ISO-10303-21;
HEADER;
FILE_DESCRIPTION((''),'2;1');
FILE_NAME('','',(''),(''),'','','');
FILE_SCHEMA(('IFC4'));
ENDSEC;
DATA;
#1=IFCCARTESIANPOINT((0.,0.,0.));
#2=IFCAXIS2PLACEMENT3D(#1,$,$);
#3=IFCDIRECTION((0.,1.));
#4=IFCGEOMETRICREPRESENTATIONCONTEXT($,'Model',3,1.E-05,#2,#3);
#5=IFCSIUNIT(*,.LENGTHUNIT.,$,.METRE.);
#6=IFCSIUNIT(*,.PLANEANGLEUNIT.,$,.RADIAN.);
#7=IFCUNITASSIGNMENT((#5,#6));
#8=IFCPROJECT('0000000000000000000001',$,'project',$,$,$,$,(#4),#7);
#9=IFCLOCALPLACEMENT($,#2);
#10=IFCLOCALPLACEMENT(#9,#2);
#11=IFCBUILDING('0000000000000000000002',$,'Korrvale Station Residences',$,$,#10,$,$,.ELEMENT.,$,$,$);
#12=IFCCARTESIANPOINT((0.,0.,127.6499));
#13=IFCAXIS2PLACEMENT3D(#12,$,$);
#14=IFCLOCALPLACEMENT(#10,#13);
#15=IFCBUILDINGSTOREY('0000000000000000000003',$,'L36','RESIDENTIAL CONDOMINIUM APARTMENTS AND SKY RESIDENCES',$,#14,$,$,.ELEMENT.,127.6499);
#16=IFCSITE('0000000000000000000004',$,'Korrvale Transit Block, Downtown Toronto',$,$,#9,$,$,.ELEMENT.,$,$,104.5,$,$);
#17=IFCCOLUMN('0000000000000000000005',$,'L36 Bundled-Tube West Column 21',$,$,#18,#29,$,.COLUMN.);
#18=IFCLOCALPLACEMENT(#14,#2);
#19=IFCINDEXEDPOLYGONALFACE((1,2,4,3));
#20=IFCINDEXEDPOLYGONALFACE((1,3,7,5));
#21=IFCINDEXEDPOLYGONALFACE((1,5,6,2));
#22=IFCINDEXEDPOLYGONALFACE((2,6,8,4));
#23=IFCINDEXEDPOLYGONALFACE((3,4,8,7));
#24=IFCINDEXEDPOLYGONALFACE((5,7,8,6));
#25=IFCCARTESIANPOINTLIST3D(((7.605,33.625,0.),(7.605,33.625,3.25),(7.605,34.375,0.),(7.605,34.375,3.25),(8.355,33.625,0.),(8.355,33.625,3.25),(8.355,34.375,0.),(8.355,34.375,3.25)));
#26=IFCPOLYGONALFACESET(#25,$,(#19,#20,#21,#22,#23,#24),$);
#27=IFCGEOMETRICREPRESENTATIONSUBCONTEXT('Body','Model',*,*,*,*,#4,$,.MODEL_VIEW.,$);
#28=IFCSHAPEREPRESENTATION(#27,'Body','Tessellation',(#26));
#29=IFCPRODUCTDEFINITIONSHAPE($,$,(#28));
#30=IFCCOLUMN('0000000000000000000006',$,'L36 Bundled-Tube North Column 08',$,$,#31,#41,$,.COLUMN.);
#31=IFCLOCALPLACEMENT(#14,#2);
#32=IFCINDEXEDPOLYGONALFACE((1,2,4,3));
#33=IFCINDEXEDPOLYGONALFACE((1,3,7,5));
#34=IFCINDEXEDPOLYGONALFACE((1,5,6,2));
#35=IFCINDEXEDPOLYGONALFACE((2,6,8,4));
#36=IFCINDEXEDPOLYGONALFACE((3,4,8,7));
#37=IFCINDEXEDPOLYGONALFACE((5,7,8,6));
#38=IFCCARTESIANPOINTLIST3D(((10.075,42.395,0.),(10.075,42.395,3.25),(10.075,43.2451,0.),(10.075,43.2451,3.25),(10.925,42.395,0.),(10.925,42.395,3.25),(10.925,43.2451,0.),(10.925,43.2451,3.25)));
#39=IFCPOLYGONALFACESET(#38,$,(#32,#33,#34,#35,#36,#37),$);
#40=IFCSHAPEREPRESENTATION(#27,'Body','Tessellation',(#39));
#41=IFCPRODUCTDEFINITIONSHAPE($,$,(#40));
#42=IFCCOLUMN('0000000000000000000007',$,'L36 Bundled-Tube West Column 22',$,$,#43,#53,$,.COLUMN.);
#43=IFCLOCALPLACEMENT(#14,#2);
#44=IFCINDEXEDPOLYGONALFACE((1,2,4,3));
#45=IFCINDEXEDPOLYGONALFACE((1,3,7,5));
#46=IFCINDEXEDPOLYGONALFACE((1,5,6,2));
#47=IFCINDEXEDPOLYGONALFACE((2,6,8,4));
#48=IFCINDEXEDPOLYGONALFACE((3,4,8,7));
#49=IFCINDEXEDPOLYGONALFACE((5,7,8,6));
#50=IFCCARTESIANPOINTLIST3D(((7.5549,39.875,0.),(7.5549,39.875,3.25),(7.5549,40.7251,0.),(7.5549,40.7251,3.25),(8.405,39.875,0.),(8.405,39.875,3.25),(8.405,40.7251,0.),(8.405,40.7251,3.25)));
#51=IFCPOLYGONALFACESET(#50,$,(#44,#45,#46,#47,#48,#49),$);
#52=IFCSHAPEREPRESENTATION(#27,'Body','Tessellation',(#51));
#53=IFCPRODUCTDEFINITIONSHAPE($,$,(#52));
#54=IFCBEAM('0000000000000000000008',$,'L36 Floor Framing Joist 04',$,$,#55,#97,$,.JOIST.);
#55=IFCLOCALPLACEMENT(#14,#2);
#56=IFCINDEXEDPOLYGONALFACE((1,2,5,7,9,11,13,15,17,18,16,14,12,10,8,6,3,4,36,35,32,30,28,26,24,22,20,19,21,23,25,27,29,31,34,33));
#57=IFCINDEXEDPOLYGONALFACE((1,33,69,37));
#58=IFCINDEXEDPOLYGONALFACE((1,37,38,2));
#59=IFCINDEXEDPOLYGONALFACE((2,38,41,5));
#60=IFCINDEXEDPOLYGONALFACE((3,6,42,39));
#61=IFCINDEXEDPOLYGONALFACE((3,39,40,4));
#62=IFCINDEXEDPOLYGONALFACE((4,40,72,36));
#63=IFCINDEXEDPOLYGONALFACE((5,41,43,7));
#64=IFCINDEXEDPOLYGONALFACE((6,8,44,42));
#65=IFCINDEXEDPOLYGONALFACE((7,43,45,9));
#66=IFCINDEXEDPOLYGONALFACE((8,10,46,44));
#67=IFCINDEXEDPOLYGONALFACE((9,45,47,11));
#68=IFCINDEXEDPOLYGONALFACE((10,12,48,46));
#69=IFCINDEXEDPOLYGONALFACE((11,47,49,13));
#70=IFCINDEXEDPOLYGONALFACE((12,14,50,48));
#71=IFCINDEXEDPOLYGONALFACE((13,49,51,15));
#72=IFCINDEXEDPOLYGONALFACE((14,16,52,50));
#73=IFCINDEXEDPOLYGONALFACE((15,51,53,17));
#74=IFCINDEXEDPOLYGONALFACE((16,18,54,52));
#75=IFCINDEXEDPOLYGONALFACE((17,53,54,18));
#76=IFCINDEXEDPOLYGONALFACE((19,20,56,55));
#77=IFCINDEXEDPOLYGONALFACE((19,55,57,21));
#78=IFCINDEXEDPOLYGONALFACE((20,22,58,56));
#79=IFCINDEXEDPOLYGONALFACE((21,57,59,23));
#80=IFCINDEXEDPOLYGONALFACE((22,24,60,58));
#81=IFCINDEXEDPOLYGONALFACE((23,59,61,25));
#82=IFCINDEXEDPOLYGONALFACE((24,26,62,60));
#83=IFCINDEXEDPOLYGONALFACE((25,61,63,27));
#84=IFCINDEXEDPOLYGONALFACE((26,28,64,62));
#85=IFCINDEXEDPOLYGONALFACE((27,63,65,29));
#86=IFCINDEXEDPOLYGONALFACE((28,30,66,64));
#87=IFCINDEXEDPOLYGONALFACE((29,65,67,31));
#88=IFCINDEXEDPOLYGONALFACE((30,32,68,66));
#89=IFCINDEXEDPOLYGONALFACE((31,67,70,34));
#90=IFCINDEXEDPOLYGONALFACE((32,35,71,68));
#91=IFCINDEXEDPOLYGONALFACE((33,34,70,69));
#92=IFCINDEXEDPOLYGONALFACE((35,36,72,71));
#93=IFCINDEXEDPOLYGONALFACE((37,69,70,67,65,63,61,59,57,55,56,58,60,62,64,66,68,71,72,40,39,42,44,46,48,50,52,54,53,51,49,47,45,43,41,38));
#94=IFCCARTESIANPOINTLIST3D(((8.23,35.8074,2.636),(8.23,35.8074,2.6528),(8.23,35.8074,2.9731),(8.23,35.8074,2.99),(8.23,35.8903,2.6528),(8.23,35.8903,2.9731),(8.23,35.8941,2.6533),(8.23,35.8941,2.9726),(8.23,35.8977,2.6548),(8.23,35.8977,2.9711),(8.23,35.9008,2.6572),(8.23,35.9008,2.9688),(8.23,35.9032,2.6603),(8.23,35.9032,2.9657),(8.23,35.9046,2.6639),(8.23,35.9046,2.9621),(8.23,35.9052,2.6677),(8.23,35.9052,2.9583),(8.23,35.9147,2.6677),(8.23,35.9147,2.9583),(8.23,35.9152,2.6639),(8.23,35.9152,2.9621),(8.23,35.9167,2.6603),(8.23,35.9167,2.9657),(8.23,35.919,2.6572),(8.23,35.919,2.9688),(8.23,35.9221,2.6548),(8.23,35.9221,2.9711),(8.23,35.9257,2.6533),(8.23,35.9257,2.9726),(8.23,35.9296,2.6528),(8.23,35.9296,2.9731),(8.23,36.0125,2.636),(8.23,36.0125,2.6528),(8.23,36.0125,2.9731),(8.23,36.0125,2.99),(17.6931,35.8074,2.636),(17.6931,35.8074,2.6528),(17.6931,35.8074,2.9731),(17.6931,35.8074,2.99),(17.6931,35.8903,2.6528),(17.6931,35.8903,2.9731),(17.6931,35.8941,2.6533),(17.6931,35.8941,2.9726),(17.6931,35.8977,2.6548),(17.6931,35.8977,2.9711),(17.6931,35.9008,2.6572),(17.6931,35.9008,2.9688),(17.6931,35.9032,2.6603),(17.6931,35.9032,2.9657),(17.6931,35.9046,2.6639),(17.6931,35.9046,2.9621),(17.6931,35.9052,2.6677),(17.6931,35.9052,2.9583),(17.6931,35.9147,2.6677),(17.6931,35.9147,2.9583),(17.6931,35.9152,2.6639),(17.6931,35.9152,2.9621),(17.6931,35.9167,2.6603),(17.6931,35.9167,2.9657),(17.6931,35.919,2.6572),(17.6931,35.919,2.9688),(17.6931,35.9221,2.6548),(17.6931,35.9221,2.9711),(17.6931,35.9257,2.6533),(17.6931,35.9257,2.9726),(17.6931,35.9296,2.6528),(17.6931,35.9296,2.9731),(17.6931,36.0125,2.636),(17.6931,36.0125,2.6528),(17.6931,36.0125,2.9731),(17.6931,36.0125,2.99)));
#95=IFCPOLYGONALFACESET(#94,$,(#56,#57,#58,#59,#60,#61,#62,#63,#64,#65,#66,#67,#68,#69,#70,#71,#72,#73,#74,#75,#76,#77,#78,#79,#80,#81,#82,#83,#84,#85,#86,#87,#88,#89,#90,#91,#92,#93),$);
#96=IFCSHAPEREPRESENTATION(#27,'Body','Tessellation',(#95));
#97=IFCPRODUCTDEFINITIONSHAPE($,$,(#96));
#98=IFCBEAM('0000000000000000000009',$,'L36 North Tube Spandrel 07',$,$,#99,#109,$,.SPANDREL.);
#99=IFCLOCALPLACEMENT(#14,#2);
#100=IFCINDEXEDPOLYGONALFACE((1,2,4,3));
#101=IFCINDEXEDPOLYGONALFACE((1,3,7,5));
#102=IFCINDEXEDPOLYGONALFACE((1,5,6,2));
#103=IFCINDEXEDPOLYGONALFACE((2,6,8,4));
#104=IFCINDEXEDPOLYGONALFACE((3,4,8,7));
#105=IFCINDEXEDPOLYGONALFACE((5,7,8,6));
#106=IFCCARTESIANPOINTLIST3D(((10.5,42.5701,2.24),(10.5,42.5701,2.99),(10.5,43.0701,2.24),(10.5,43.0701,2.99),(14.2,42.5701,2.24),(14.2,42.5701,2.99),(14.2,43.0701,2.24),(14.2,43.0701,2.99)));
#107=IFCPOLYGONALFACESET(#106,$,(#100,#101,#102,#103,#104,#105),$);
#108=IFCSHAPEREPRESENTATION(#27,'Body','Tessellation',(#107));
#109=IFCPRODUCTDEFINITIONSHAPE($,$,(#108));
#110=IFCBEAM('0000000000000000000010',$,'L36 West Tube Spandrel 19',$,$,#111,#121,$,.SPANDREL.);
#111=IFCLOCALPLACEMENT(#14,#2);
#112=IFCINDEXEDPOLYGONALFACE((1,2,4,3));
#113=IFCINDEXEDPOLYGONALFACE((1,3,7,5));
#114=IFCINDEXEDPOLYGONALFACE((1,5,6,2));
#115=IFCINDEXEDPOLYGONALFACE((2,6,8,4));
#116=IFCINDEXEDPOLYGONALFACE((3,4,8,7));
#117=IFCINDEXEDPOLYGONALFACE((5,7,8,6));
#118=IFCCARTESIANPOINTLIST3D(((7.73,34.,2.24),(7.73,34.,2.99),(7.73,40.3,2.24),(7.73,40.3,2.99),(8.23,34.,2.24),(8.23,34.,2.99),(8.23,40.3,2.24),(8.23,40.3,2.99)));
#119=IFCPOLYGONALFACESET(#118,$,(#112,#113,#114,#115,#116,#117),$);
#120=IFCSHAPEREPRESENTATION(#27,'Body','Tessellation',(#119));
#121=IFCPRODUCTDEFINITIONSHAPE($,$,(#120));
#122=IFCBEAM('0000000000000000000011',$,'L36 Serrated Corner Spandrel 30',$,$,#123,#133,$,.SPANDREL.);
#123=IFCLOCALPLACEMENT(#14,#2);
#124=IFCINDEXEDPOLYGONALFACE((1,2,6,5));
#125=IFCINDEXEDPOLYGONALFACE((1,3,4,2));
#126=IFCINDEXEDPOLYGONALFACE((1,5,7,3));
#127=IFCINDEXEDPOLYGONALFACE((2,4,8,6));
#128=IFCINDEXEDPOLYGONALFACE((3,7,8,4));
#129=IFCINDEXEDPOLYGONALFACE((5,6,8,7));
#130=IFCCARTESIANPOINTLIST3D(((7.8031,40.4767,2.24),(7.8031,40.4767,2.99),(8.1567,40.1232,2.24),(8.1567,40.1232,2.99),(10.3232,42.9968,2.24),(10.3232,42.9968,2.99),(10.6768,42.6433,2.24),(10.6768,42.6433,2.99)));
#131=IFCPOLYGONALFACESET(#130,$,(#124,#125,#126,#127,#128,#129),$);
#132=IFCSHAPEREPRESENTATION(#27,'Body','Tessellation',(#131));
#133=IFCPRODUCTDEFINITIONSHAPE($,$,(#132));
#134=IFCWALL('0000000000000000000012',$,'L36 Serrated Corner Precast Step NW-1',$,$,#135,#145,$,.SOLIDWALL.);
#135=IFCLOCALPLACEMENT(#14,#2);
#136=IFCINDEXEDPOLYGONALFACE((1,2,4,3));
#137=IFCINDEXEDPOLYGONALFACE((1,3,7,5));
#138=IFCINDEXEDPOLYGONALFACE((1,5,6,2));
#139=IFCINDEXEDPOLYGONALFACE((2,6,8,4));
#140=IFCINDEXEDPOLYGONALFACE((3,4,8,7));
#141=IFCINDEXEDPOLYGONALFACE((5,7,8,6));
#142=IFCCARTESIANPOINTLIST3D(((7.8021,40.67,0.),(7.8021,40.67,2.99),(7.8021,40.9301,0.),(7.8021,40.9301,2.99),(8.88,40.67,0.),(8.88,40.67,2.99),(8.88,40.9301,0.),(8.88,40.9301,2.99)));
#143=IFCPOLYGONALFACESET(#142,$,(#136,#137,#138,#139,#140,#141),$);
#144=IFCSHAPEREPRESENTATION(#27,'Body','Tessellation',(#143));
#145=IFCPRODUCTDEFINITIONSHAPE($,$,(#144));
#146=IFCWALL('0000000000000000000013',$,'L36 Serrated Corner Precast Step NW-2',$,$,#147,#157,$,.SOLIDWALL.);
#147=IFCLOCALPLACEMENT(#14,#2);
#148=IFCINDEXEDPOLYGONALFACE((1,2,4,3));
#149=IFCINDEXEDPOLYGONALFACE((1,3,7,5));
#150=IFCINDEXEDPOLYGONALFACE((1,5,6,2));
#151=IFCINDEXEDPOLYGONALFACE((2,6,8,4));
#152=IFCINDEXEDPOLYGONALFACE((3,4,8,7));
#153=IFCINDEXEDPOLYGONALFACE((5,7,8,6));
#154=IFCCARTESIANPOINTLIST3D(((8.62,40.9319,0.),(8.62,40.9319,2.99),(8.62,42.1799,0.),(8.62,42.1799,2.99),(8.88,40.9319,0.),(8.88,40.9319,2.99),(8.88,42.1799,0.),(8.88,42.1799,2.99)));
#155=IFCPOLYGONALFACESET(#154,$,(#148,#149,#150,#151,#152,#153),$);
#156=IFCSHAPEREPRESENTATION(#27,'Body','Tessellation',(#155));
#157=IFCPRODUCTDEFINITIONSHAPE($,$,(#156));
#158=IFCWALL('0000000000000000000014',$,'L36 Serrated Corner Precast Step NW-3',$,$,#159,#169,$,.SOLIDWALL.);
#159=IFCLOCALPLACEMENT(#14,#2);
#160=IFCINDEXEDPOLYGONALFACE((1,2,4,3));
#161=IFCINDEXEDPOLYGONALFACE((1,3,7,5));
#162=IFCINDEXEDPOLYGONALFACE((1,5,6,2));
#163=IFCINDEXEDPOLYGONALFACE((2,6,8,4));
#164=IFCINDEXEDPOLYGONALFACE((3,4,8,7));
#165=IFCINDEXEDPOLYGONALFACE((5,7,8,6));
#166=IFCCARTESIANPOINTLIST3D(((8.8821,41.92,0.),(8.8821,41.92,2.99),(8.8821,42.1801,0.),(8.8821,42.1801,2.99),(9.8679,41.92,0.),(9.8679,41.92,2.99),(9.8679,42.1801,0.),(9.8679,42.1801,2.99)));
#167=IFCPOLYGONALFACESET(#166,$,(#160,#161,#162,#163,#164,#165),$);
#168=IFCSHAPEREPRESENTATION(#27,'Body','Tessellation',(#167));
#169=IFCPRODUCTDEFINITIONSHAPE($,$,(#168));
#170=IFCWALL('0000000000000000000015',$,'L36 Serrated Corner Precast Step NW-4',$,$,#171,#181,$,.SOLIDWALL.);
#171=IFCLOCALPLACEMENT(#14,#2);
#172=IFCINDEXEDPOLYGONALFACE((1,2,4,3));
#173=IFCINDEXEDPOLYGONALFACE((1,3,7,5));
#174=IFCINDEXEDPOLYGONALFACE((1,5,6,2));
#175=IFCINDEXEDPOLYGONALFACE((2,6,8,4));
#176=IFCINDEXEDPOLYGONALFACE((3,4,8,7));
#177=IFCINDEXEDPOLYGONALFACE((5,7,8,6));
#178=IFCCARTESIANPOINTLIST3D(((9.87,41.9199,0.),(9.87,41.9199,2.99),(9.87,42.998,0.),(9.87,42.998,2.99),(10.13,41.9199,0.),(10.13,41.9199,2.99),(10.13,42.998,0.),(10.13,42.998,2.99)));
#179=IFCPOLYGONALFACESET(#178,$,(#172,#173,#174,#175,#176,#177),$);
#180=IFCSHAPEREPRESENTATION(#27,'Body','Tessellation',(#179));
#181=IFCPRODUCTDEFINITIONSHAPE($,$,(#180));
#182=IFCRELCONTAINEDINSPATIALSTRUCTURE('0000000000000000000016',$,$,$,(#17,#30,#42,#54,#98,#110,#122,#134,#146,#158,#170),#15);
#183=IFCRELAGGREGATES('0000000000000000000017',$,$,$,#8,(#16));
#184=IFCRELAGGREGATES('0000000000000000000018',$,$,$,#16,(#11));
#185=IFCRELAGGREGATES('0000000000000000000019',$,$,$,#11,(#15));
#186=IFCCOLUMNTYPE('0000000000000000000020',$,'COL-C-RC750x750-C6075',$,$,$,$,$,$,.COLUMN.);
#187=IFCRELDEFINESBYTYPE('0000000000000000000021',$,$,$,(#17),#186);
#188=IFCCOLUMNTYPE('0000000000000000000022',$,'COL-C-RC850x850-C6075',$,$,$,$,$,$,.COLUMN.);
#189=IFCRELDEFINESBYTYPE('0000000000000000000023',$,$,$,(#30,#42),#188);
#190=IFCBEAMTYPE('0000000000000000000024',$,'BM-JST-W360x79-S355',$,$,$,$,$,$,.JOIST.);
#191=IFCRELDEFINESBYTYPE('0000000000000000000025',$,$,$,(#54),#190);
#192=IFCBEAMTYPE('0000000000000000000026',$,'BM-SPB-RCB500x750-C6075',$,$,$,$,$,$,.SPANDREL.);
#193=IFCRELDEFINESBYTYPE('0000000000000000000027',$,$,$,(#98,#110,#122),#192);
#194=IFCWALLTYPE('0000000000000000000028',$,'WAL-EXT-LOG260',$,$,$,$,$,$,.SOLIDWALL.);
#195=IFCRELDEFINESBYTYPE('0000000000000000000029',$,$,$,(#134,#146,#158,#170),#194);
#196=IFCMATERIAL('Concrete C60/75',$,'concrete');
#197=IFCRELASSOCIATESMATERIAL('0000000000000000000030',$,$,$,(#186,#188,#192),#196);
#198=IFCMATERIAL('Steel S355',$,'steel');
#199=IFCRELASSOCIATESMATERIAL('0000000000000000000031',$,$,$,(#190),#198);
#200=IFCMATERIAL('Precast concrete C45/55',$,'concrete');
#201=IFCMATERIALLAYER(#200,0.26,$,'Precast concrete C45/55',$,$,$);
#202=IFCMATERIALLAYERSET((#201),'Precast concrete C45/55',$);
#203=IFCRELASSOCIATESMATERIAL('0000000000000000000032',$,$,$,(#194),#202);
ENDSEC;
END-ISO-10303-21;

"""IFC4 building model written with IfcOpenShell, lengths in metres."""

from ifc_helpers import new_model, si_unit, direction, frame, frame_2d, origin, origin_2d, place, context, subcontext, project, spatial, rectangle, i_section, extrude, material, layer, layer_set, material_profile, profile_set, type_object, element, save


model = new_model("IFC4")

# Units and contexts
model_context = context("Model", 3, precision=1e-05, world=origin(), true_north=direction((0.0, 1.0)))
body_context = subcontext(model_context, "Body", "Model", "MODEL_VIEW")
ifc_project = project(units=[si_unit("LENGTHUNIT", "METRE"), si_unit("PLANEANGLEUNIT", "RADIAN")], contexts=[model_context])

# Site, building, storey
site_placement = place(None, origin())
site = spatial("IfcSite", under=ifc_project, at=site_placement, Name="Korrvale Transit Block, Downtown Toronto", CompositionType="ELEMENT", RefElevation=104.5)
building_placement = place(site_placement, origin())
building = spatial("IfcBuilding", under=site, at=building_placement, Name="Korrvale Station Residences", CompositionType="ELEMENT")
storey_placement = place(building_placement, frame((0.0, 0.0, 127.6499)))
storey = spatial("IfcBuildingStorey", under=building, at=storey_placement, Name="L36", Description="RESIDENTIAL CONDOMINIUM APARTMENTS AND SKY RESIDENCES", CompositionType="ELEMENT", Elevation=127.6499)

# Columns
ifc_material_1 = material(Name="Concrete C60/75", Category="concrete")
ifc_material_profile_1 = material_profile(ifc_material_1, rectangle(XDim=0.75, YDim=0.75, at=origin_2d()), Name="RC750x750")
ifc_profile_set_1 = profile_set([ifc_material_profile_1], Name="Concrete C60/75")
column_type_1 = type_object("IfcColumnType", Name="COL-C-RC750x750-C6075", PredefinedType="COLUMN", material=ifc_profile_set_1)
column_placement = place(storey_placement, frame((7.98, 34.0, 0.0), z_axis=(0.0, 0.0, 1.0), x_axis=(1.0, 0.0, 0.0)))
element("IfcColumn", 1, at=column_placement, inside=storey, type_object=column_type_1, Name="L36 Bundled-Tube West Column 21", PredefinedType="COLUMN", context=body_context, shape_type="SweptSolid", body=[
    extrude(rectangle(XDim=0.75, YDim=0.75, at=origin_2d()), origin(), (0.0, 0.0, 1.0), 3.25),
])
ifc_material_profile_2 = material_profile(ifc_material_1, rectangle(XDim=0.8501, YDim=0.8501, at=origin_2d()), Name="RC850x850")
ifc_profile_set_2 = profile_set([ifc_material_profile_2], Name="Concrete C60/75")
column_type_2 = type_object("IfcColumnType", Name="COL-C-RC850x850-C6075", PredefinedType="COLUMN", material=ifc_profile_set_2)
for number, where, z_axis, x_axis, name in (
    (2, (10.5, 42.8201, 0.0), (0.0, 0.0, 1.0), (1.0, 0.0, 0.0), "L36 Bundled-Tube North Column 08"),
    (3, (7.98, 40.3, 0.0), (0.0, 0.0, 1.0), (1.0, 0.0, 0.0), "L36 Bundled-Tube West Column 22"),
):
    element("IfcColumn", number, at=place(storey_placement, frame(where, z_axis=z_axis, x_axis=x_axis)), inside=storey, type_object=column_type_2, Name=name, PredefinedType="COLUMN", context=body_context, shape_type="SweptSolid", body=[
        extrude(rectangle(XDim=0.8501, YDim=0.8501, at=origin_2d()), origin(), (0.0, 0.0, 1.0), 3.25),
    ])

# Beams
ifc_material_2 = material(Name="Steel S355", Category="steel")
ifc_material_profile_3 = material_profile(ifc_material_2, i_section(OverallWidth=0.2051, OverallDepth=0.354, WebThickness=0.0095, FlangeThickness=0.0168, FilletRadius=0.0149, at=origin_2d()), Name="W360x79")
ifc_profile_set_3 = profile_set([ifc_material_profile_3], Name="Steel S355")
beam_type_1 = type_object("IfcBeamType", Name="BM-JST-W360x79-S355", PredefinedType="JOIST", material=ifc_profile_set_3)
beam_1_placement = place(storey_placement, frame((8.23, 35.9099, 2.813), z_axis=(1.0, 0.0, 0.0), x_axis=(0.0, 1.0, 0.0)))
element("IfcBeam", 4, at=beam_1_placement, inside=storey, type_object=beam_type_1, Name="L36 Floor Framing Joist 04", PredefinedType="JOIST", context=body_context, shape_type="SweptSolid", body=[
    extrude(i_section(OverallWidth=0.2051, OverallDepth=0.354, WebThickness=0.0095, FlangeThickness=0.0168, FilletRadius=0.0149, at=origin_2d()), origin(), (0.0, 0.0, 1.0), 9.4631),
])
ifc_material_profile_4 = material_profile(ifc_material_1, rectangle(XDim=0.5, YDim=0.75, at=origin_2d()), Name="RCB500x750")
ifc_profile_set_4 = profile_set([ifc_material_profile_4], Name="Concrete C60/75")
beam_type_2 = type_object("IfcBeamType", Name="BM-SPB-RCB500x750-C6075", PredefinedType="SPANDREL", material=ifc_profile_set_4)
beam_2_placement = place(storey_placement, frame((10.5, 42.8201, 2.615), z_axis=(1.0, 0.0, 0.0), x_axis=(0.0, 1.0, 0.0)))
element("IfcBeam", 5, at=beam_2_placement, inside=storey, type_object=beam_type_2, Name="L36 North Tube Spandrel 07", PredefinedType="SPANDREL", context=body_context, shape_type="SweptSolid", body=[
    extrude(rectangle(XDim=0.5, YDim=0.75, at=origin_2d()), origin(), (0.0, 0.0, 1.0), 3.7),
])
beam_3_placement = place(storey_placement, frame((7.98, 34.0, 2.615), z_axis=(0.0, 1.0, 0.0), x_axis=(-1.0, 0.0, 0.0)))
element("IfcBeam", 6, at=beam_3_placement, inside=storey, type_object=beam_type_2, Name="L36 West Tube Spandrel 19", PredefinedType="SPANDREL", context=body_context, shape_type="SweptSolid", body=[
    extrude(rectangle(XDim=0.5, YDim=0.75, at=origin_2d()), origin(), (0.0, 0.0, 1.0), 6.3),
])
beam_4_placement = place(storey_placement, frame((10.5, 42.8201, 2.615), z_axis=(-0.707107, -0.707107, 0.0), x_axis=(0.707107, -0.707107, 0.0)))
element("IfcBeam", 7, at=beam_4_placement, inside=storey, type_object=beam_type_2, Name="L36 Serrated Corner Spandrel 30", PredefinedType="SPANDREL", context=body_context, shape_type="SweptSolid", body=[
    extrude(rectangle(XDim=0.5, YDim=0.75, at=origin_2d()), origin(), (0.0, 0.0, 1.0), 3.564),
])

# Walls
ifc_material_3 = material(Name="Precast concrete C45/55", Category="concrete")
ifc_layer_1 = layer(ifc_material_3, 0.26, Name="Precast concrete C45/55")
ifc_layer_set_1 = layer_set([ifc_layer_1], Name="Precast concrete C45/55")
wall_type_1 = type_object("IfcWallType", Name="WAL-EXT-LOG260", PredefinedType="SOLIDWALL", material=ifc_layer_set_1)
wall_1_placement = place(storey_placement, frame((7.802, 40.8, 0.0), z_axis=(0.0, 0.0, 1.0), x_axis=(1.0, 0.0, 0.0)))
element("IfcWall", 8, at=wall_1_placement, inside=storey, type_object=wall_type_1, Name="L36 Serrated Corner Precast Step NW-1", PredefinedType="SOLIDWALL", context=body_context, shape_type="SweptSolid", body=[
    extrude(rectangle(XDim=1.0779, YDim=0.26, at=frame_2d((0.5391, 0.0))), origin(), (0.0, 0.0, 1.0), 2.99),
])
wall_2_placement = place(storey_placement, frame((8.75, 40.9319, 0.0), z_axis=(0.0, 0.0, 1.0), x_axis=(0.0, 1.0, 0.0)))
element("IfcWall", 9, at=wall_2_placement, inside=storey, type_object=wall_type_1, Name="L36 Serrated Corner Precast Step NW-2", PredefinedType="SOLIDWALL", context=body_context, shape_type="SweptSolid", body=[
    extrude(rectangle(XDim=1.248, YDim=0.26, at=frame_2d((0.624, 0.0))), origin(), (0.0, 0.0, 1.0), 2.99),
])
wall_3_placement = place(storey_placement, frame((8.8821, 42.05, 0.0), z_axis=(0.0, 0.0, 1.0), x_axis=(1.0, 0.0, 0.0)))
element("IfcWall", 10, at=wall_3_placement, inside=storey, type_object=wall_type_1, Name="L36 Serrated Corner Precast Step NW-3", PredefinedType="SOLIDWALL", context=body_context, shape_type="SweptSolid", body=[
    extrude(rectangle(XDim=0.9858, YDim=0.26, at=frame_2d((0.4929, 0.0))), origin(), (0.0, 0.0, 1.0), 2.99),
])
wall_4_placement = place(storey_placement, frame((10.0, 41.9199, 0.0), z_axis=(0.0, 0.0, 1.0), x_axis=(0.0, 1.0, 0.0)))
element("IfcWall", 11, at=wall_4_placement, inside=storey, type_object=wall_type_1, Name="L36 Serrated Corner Precast Step NW-4", PredefinedType="SOLIDWALL", context=body_context, shape_type="SweptSolid", body=[
    extrude(rectangle(XDim=1.0781, YDim=0.26, at=frame_2d((0.5391, 0.0))), origin(), (0.0, 0.0, 1.0), 2.99),
])

save(model, "model.ifc")
